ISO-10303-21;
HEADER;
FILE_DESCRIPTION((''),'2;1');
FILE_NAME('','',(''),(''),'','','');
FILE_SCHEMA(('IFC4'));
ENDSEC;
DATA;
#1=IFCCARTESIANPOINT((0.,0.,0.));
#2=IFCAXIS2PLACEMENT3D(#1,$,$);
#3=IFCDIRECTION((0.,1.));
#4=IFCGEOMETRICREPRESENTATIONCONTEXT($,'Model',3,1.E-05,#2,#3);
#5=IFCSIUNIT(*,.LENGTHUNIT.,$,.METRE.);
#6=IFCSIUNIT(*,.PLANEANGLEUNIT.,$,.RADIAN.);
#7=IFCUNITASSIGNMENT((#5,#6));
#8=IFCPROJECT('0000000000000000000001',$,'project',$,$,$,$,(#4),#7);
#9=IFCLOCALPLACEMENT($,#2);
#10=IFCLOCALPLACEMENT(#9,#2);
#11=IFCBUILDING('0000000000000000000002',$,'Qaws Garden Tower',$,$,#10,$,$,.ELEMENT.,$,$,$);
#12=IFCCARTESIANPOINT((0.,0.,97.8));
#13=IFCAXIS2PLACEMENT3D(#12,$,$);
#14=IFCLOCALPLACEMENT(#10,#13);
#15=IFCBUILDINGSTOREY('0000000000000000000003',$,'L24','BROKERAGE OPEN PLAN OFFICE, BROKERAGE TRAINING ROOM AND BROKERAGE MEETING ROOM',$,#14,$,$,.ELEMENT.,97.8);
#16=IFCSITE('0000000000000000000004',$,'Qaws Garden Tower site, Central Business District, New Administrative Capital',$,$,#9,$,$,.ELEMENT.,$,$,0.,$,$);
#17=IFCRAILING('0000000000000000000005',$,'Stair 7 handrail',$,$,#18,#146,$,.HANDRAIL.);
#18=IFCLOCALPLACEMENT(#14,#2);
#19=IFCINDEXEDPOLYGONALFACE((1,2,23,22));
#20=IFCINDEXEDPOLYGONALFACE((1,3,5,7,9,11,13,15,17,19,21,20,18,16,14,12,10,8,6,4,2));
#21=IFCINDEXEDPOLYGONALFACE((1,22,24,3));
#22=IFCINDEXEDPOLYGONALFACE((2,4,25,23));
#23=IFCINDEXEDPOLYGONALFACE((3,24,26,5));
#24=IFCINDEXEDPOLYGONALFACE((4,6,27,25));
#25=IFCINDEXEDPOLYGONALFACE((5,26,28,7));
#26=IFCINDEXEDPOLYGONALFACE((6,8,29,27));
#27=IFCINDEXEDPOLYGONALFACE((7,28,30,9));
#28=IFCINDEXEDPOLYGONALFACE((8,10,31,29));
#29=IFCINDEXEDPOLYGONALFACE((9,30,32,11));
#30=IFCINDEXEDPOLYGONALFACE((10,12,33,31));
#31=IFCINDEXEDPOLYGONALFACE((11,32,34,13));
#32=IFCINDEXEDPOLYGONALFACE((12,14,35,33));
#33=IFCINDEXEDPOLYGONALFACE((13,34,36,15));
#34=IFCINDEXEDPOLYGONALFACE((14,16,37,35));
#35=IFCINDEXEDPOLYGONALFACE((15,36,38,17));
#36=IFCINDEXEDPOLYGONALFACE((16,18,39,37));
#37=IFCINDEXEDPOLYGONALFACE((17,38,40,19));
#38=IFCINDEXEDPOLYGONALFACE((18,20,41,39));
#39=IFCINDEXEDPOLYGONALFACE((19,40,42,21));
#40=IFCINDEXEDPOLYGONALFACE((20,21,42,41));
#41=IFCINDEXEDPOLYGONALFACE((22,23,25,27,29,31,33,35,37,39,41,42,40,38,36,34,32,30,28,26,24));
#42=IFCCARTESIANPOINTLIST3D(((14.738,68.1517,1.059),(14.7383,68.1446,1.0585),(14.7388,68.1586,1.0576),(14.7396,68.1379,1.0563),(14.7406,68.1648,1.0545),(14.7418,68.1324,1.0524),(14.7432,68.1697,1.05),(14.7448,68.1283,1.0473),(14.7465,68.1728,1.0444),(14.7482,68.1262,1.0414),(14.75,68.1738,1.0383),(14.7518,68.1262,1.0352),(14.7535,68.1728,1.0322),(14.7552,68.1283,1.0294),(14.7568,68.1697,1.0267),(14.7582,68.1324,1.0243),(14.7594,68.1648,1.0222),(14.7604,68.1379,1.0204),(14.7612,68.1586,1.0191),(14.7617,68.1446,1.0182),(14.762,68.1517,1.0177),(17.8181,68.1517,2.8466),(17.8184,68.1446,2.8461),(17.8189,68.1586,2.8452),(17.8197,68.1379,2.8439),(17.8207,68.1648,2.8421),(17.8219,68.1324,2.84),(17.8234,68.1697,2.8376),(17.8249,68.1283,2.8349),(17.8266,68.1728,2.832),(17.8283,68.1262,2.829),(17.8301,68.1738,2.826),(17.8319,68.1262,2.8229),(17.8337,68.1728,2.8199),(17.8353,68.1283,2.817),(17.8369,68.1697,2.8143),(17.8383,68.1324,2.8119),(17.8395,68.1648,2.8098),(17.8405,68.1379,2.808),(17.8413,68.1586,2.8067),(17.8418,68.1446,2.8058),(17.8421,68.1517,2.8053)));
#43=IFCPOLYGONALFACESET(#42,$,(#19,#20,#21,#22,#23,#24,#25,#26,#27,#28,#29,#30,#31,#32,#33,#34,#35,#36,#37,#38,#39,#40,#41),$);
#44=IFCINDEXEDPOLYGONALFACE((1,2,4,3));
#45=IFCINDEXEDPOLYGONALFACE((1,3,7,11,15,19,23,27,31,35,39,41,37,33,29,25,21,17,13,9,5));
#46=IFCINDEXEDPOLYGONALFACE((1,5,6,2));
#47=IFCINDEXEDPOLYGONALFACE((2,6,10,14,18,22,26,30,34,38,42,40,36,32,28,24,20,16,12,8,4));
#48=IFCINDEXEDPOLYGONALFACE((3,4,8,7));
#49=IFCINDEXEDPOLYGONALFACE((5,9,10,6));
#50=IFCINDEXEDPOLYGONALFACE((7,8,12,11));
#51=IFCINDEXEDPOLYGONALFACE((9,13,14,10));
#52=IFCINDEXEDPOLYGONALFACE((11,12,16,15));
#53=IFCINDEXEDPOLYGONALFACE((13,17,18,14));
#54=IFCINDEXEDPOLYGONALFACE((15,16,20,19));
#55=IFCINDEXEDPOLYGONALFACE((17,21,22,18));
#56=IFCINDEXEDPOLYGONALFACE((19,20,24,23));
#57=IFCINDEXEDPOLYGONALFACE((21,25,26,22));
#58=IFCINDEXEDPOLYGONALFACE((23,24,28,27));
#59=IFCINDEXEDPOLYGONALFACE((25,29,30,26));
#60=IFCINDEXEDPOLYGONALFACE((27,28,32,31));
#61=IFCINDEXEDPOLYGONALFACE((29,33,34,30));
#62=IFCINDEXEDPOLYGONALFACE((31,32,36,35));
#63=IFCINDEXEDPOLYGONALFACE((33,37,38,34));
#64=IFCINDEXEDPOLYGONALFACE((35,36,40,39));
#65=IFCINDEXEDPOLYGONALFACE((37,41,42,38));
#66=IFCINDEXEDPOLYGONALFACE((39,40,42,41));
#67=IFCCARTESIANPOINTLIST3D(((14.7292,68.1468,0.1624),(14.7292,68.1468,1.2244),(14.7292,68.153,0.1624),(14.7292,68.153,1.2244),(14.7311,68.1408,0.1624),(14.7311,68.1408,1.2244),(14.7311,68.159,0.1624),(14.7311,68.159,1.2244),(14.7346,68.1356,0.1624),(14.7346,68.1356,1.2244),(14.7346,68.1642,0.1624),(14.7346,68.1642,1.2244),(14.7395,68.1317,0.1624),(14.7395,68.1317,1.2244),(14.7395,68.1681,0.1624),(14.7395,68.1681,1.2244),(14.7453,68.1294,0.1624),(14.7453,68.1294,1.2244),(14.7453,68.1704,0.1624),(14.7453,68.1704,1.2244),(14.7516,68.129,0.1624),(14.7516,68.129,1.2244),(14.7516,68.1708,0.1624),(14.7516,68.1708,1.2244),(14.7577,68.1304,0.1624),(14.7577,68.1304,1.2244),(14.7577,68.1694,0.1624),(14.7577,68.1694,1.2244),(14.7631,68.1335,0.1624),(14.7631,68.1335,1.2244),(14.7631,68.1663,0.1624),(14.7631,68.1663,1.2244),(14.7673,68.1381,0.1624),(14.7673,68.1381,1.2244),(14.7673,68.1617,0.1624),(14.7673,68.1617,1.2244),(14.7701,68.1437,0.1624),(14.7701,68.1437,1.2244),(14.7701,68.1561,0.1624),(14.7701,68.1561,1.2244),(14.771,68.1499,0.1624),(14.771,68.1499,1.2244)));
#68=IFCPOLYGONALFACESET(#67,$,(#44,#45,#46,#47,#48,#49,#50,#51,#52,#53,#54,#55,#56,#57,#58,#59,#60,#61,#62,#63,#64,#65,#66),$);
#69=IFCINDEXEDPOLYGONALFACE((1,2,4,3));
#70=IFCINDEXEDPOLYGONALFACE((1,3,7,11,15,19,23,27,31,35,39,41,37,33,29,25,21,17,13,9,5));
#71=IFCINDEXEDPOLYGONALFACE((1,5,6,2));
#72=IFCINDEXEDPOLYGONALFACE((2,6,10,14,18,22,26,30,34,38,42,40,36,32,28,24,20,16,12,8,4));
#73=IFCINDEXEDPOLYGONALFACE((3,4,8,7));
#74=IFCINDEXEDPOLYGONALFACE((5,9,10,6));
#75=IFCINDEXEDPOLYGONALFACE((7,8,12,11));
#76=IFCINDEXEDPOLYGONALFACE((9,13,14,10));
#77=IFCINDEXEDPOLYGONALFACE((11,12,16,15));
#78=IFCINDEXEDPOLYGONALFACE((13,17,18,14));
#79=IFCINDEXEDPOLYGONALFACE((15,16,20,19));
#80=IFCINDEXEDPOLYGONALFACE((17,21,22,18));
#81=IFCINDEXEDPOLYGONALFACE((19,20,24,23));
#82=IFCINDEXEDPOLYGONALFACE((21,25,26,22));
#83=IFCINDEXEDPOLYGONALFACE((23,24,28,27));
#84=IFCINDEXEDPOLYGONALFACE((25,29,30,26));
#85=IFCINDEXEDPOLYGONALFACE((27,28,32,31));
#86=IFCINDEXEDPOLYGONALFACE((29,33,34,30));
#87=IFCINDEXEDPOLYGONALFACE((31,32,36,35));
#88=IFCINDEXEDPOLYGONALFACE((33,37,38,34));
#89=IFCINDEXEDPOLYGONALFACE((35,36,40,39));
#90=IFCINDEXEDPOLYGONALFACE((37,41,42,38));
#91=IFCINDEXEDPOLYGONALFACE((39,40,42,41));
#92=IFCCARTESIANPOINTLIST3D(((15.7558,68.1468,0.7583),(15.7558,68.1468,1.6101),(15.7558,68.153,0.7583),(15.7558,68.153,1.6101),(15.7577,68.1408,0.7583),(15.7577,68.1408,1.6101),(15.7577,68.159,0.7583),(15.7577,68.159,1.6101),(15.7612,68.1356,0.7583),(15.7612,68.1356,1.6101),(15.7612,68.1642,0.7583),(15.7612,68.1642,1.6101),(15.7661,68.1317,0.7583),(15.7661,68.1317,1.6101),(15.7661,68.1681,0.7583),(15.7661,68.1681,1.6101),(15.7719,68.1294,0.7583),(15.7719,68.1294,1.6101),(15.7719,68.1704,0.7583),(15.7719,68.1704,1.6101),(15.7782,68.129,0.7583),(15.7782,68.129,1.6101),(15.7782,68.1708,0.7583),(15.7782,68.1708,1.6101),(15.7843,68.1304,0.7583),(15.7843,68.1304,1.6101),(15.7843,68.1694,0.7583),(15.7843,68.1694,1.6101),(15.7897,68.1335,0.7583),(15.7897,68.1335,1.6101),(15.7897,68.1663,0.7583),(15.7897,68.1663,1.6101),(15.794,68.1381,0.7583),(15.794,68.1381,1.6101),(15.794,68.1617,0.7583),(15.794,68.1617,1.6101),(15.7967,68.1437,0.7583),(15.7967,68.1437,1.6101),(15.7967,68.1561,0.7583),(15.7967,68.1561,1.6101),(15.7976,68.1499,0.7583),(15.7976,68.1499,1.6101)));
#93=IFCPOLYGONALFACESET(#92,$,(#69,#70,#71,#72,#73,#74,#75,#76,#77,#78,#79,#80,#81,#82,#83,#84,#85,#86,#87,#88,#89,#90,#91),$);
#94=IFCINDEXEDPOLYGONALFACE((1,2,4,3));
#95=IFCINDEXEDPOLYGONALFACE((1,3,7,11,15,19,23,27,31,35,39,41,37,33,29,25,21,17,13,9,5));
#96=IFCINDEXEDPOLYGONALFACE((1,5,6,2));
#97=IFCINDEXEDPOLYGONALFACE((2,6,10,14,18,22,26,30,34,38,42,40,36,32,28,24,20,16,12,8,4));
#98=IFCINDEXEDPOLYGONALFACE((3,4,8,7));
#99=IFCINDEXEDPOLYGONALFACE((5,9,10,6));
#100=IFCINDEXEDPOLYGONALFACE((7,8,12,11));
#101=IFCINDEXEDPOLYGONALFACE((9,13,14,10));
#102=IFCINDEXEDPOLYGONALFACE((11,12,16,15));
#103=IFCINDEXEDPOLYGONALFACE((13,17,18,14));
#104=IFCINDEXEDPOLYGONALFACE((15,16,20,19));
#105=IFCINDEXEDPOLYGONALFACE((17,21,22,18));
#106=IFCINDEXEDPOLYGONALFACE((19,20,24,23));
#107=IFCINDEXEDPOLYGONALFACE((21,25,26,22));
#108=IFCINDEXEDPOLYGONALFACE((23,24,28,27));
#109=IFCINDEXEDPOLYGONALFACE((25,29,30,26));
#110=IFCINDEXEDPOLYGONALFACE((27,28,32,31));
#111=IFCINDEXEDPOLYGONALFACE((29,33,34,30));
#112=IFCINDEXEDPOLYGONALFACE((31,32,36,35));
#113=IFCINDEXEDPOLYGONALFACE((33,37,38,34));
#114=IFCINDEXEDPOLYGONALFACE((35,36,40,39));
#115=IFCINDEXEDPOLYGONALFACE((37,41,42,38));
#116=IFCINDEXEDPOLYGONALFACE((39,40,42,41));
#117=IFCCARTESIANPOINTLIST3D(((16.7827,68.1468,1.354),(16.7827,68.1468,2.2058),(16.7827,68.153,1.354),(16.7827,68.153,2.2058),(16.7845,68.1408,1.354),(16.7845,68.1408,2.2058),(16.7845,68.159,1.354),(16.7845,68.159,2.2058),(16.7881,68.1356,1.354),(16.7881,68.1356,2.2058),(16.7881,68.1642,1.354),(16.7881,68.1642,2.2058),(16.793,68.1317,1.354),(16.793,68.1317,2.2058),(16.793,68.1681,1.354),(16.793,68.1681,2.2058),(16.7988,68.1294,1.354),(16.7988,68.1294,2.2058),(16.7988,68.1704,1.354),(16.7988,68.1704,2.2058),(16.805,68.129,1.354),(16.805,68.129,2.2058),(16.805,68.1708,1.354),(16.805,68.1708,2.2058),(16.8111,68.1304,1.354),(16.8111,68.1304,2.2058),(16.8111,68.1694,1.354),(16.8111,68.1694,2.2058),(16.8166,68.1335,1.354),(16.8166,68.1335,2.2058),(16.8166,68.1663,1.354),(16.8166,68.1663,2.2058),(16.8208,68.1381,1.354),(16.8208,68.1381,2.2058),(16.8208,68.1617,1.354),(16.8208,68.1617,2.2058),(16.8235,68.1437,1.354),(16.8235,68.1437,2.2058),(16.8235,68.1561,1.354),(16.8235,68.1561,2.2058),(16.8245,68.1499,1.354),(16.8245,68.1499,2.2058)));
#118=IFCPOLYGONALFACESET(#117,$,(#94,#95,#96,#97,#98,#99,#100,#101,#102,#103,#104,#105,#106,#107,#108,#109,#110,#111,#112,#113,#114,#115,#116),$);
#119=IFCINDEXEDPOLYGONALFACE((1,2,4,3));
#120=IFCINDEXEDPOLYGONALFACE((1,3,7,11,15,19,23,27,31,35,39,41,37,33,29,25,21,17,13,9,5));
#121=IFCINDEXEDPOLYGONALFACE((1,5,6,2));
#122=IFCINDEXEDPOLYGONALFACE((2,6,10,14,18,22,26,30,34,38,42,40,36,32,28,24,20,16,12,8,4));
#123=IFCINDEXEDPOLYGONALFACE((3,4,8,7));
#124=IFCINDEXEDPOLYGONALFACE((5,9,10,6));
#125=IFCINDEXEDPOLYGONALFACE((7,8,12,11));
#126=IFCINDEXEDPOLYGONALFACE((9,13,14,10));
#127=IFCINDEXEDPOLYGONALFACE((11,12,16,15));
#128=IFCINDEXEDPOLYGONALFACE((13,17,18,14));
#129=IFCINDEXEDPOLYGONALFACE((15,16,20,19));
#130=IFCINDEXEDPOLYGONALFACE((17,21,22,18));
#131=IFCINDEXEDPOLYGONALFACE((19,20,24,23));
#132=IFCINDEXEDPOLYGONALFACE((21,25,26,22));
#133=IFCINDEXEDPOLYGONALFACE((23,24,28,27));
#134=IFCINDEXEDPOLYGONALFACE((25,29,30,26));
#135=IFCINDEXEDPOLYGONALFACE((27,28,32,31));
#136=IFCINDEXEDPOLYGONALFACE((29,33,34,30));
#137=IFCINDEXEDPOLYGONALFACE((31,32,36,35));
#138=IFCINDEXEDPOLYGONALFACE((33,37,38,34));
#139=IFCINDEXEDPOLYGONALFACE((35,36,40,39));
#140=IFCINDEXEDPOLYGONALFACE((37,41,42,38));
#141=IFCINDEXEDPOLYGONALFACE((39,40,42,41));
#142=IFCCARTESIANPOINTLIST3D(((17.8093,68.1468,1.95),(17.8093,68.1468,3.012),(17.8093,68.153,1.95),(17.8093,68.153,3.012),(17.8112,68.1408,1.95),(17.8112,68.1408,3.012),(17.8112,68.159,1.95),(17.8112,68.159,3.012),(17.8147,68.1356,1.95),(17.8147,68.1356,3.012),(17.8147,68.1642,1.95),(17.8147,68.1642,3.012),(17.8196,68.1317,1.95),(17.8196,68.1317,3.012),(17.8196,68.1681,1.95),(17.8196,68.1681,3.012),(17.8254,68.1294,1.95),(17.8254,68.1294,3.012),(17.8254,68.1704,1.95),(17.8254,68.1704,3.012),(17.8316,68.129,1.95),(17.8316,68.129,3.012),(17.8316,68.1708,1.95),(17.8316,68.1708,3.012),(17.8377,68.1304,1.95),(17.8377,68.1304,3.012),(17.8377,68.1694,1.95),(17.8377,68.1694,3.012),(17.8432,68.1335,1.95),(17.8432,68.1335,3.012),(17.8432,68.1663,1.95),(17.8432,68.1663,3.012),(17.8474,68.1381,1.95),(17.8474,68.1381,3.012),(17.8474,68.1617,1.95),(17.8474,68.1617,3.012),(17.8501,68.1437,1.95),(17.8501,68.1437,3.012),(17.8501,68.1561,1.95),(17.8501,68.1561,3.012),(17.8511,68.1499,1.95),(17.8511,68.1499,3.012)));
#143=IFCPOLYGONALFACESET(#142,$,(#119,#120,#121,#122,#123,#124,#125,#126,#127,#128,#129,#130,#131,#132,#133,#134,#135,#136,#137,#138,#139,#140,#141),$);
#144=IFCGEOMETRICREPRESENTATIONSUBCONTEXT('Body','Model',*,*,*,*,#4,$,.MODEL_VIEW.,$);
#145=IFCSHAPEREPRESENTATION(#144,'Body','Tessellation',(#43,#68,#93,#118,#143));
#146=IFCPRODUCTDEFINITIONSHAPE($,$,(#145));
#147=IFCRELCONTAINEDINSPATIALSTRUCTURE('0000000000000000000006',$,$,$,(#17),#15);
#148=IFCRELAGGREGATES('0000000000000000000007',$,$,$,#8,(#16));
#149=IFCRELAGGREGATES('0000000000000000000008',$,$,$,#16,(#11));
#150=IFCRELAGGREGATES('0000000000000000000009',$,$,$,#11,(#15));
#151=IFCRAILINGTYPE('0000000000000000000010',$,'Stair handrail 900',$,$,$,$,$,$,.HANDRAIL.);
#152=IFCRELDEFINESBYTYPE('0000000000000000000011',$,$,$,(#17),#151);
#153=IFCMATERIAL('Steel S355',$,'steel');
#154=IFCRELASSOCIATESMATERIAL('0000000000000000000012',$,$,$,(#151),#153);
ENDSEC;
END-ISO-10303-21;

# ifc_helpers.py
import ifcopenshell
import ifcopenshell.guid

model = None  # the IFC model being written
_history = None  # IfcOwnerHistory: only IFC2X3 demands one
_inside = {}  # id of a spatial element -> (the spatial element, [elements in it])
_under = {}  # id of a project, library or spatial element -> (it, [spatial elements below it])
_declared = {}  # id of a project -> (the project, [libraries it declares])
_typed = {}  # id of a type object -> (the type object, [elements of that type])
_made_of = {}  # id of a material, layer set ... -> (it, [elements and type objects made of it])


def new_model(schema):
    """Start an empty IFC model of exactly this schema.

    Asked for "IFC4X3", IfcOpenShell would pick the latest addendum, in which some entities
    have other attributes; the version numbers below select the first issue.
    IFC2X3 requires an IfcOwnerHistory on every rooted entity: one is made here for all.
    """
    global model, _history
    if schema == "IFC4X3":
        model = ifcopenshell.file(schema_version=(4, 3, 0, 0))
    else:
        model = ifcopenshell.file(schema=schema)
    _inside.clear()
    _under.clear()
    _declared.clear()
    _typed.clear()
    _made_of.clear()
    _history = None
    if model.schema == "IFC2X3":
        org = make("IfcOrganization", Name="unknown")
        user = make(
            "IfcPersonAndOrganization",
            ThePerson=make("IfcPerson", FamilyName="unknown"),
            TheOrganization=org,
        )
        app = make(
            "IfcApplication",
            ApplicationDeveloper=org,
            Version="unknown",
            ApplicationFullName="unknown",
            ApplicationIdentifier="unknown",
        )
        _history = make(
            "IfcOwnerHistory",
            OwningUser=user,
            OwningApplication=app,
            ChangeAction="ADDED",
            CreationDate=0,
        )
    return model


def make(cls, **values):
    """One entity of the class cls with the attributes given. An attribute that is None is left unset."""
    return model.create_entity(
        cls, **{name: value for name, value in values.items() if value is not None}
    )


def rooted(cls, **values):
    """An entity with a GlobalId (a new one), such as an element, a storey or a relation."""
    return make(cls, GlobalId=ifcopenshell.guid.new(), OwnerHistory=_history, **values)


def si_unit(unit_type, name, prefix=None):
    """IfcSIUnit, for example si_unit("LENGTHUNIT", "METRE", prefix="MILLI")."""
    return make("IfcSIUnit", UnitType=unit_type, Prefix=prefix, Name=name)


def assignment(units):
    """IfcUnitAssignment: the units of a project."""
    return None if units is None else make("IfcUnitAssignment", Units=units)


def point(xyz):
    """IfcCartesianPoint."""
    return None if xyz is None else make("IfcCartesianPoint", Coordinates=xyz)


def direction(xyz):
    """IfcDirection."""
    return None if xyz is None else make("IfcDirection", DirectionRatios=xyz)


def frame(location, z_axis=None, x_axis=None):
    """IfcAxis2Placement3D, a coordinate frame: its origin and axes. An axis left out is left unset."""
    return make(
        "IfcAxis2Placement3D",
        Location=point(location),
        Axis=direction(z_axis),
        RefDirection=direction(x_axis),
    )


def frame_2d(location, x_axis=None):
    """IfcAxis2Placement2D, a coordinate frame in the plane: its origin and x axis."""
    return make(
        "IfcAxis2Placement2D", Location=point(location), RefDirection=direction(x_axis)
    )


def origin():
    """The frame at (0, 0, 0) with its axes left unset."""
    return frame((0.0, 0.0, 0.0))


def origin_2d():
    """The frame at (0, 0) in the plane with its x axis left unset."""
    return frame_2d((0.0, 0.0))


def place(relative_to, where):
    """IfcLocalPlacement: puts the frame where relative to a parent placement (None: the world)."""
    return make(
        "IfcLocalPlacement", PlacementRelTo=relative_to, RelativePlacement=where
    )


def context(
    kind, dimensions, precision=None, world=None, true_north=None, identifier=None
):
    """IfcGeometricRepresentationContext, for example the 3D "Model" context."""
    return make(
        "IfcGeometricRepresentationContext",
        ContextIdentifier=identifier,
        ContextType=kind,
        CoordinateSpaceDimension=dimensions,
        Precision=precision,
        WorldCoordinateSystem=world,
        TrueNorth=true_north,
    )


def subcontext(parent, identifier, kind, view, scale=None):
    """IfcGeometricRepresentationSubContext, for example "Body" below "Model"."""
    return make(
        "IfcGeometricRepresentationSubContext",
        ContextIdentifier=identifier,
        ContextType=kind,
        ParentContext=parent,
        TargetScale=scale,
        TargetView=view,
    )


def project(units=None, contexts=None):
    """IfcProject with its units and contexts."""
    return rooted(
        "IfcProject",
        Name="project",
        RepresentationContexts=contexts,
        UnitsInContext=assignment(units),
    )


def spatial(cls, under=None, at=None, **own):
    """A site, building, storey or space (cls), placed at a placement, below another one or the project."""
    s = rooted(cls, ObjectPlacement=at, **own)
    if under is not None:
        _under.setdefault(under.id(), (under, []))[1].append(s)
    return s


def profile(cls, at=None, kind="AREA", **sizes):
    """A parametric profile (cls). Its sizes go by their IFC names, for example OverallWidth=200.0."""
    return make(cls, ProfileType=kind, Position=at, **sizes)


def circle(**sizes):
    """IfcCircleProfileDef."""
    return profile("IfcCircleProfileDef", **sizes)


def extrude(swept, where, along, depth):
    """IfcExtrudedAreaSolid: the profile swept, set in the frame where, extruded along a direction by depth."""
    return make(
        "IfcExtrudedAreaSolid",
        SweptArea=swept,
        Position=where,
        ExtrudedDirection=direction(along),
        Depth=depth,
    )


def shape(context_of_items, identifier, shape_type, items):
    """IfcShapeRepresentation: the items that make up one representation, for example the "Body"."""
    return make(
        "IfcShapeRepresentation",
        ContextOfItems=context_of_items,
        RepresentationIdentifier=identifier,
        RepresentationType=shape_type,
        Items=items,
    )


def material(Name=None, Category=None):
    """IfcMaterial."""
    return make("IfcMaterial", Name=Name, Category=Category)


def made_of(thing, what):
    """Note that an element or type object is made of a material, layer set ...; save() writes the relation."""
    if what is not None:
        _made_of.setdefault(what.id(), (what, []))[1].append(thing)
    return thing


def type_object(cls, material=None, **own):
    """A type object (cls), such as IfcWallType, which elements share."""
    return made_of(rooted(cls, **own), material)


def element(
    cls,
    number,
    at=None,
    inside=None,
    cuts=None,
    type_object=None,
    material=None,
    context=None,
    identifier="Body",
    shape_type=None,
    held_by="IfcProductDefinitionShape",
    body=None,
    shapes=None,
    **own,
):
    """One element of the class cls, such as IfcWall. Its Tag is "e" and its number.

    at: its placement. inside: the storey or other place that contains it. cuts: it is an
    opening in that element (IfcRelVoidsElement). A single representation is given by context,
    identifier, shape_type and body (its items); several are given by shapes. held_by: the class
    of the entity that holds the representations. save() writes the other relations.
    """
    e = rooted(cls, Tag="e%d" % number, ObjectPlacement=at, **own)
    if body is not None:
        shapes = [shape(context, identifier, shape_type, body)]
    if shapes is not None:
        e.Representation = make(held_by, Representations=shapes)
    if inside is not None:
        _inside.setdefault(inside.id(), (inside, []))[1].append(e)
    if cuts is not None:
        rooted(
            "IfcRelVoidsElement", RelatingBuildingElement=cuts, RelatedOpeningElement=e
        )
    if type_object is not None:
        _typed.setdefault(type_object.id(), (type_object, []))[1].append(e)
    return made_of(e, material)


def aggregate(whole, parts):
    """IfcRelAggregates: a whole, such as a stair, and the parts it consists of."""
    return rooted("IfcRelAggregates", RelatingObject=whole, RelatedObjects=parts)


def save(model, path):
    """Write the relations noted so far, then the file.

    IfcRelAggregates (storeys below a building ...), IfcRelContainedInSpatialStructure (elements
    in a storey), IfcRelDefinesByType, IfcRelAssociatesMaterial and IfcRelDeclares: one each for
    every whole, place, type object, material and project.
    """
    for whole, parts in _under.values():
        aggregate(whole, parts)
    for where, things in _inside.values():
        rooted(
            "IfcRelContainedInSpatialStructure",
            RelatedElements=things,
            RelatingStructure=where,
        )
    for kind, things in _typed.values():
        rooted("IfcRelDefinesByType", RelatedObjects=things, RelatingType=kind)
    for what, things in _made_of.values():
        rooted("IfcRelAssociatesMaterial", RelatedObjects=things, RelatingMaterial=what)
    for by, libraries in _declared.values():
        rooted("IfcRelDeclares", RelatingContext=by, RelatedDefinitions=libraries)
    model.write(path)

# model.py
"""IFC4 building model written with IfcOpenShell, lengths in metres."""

from ifc_helpers import new_model, si_unit, direction, frame, origin, origin_2d, place, context, subcontext, project, spatial, circle, extrude, material, type_object, element, save


model = new_model("IFC4")

# Units and contexts
model_context = context("Model", 3, precision=1e-05, world=origin(), true_north=direction((0.0, 1.0)))
body_context = subcontext(model_context, "Body", "Model", "MODEL_VIEW")
ifc_project = project(units=[si_unit("LENGTHUNIT", "METRE"), si_unit("PLANEANGLEUNIT", "RADIAN")], contexts=[model_context])

# Site, building, storey
site_placement = place(None, origin())
site = spatial("IfcSite", under=ifc_project, at=site_placement, Name="Qaws Garden Tower site, Central Business District, New Administrative Capital", CompositionType="ELEMENT", RefElevation=0.0)
building_placement = place(site_placement, origin())
building = spatial("IfcBuilding", under=site, at=building_placement, Name="Qaws Garden Tower", CompositionType="ELEMENT")
storey_placement = place(building_placement, frame((0.0, 0.0, 97.8)))
storey = spatial("IfcBuildingStorey", under=building, at=storey_placement, Name="L24", Description="BROKERAGE OPEN PLAN OFFICE, BROKERAGE TRAINING ROOM AND BROKERAGE MEETING ROOM", CompositionType="ELEMENT", Elevation=97.8)

# Railing
ifc_material_1 = material(Name="Steel S355", Category="steel")
railing_type = type_object("IfcRailingType", Name="Stair handrail 900", PredefinedType="HANDRAIL", material=ifc_material_1)
railing_1_placement = place(storey_placement, frame((14.75, 68.1499, 0.1624)))
element("IfcRailing", 1, at=railing_1_placement, inside=storey, type_object=railing_type, Name="Stair 7 handrail", PredefinedType="HANDRAIL", context=body_context, shape_type="SweptSolid", body=[
    extrude(circle(Radius=0.0239, at=origin_2d()), frame((0.0, 0.0, 0.876), z_axis=(0.864891, 0.0, 0.50196), x_axis=(0.0, 1.0, 0.0)), (0.0, 0.0, 1.0), 3.5613),
    extrude(circle(Radius=0.021, at=origin_2d()), origin(), (0.0, 0.0, 1.0), 1.062),
    extrude(circle(Radius=0.021, at=origin_2d()), frame((1.0266, 0.0, 0.5959)), (0.0, 0.0, 1.0), 0.8518),
    extrude(circle(Radius=0.021, at=origin_2d()), frame((2.0535, 0.0, 1.1917)), (0.0, 0.0, 1.0), 0.8518),
    extrude(circle(Radius=0.021, at=origin_2d()), frame((3.0801, 0.0, 1.7876)), (0.0, 0.0, 1.0), 1.062),
])

save(model, "model.ifc")
